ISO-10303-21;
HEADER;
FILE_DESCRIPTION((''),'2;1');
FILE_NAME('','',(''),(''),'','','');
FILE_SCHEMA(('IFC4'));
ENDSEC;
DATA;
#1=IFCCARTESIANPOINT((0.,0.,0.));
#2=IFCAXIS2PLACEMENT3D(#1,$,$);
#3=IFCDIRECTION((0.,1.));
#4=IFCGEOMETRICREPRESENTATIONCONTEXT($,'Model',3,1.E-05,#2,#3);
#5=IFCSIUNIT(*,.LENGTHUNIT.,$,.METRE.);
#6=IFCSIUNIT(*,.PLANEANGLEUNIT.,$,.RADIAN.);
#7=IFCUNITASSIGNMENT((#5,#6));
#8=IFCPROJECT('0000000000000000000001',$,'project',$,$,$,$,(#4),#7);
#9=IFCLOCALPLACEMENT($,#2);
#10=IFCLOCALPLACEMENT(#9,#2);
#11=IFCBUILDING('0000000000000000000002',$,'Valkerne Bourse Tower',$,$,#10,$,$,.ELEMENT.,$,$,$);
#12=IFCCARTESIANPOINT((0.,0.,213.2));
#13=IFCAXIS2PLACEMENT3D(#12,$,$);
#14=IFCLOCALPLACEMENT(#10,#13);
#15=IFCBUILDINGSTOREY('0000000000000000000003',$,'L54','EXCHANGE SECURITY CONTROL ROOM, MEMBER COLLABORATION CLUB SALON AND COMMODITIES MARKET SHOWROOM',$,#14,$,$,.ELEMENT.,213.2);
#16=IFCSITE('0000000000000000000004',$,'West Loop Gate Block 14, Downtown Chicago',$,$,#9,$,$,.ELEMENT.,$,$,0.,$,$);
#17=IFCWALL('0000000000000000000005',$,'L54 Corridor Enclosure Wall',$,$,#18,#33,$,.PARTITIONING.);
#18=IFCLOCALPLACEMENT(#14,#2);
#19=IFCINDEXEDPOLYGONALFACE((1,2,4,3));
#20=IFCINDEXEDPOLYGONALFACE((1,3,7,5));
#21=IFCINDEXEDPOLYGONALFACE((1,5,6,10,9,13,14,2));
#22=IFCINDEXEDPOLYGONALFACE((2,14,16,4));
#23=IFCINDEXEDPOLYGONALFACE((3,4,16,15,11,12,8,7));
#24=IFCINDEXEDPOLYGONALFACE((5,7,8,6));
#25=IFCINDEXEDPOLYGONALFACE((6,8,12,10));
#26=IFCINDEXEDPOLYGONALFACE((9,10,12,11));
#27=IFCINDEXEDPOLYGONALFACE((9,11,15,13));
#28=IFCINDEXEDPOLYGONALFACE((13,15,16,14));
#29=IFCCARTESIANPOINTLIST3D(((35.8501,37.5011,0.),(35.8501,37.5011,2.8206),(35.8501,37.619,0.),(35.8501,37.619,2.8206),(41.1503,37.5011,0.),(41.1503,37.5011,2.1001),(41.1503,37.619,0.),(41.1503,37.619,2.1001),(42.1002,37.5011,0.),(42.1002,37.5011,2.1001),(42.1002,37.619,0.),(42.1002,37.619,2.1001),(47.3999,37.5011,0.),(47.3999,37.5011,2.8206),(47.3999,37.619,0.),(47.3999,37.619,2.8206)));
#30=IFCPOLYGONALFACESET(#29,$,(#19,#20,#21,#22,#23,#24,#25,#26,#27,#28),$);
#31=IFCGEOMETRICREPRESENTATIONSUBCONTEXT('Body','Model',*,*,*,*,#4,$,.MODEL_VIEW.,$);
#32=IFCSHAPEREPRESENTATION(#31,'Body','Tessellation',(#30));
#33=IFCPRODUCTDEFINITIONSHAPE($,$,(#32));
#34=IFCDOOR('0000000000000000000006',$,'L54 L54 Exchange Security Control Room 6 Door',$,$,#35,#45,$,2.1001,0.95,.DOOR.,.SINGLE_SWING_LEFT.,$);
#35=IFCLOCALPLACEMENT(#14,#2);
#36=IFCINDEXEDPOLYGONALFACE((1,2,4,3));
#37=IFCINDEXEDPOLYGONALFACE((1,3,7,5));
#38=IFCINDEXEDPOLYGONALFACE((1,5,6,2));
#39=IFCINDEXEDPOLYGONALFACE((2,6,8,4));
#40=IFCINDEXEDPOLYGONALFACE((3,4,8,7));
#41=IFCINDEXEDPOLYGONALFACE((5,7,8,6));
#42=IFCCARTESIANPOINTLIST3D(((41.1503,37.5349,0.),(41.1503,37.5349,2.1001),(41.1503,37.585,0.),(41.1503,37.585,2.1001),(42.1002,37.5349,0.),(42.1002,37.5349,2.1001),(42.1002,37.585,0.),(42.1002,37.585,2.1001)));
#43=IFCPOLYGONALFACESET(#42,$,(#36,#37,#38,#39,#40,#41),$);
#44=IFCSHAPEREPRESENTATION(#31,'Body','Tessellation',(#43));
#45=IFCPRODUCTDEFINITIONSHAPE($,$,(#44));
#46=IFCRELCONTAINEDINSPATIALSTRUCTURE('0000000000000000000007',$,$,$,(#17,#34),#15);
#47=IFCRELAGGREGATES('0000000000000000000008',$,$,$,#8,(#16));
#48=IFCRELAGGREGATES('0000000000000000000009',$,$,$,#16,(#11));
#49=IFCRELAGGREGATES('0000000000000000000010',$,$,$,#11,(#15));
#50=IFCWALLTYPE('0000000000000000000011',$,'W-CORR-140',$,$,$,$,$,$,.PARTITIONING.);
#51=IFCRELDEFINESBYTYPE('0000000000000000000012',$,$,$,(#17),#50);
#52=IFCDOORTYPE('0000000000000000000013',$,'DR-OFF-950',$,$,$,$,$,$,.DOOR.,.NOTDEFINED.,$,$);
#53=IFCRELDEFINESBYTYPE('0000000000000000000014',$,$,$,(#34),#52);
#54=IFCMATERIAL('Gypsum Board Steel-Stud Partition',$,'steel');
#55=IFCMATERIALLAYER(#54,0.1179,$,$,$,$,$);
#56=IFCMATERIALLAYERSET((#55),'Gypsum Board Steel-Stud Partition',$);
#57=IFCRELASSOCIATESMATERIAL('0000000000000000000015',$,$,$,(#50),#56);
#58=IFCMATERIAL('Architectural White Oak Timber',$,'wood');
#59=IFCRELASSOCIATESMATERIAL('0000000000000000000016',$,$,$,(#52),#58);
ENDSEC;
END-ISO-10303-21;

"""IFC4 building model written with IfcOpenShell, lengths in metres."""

from ifc_helpers import new_model, si_unit, direction, frame, frame_2d, origin, place, context, subcontext, project, spatial, rectangle, extrude, material, layer, layer_set, type_object, element, fill, save


model = new_model("IFC4")

# Units and contexts
model_context = context("Model", 3, precision=1e-05, world=origin(), true_north=direction((0.0, 1.0)))
body_context = subcontext(model_context, "Body", "Model", "MODEL_VIEW")
ifc_project = project(units=[si_unit("LENGTHUNIT", "METRE"), si_unit("PLANEANGLEUNIT", "RADIAN")], contexts=[model_context])

# Site, building, storey
site_placement = place(None, origin())
site = spatial("IfcSite", under=ifc_project, at=site_placement, Name="West Loop Gate Block 14, Downtown Chicago", CompositionType="ELEMENT", RefElevation=0.0)
building_placement = place(site_placement, origin())
building = spatial("IfcBuilding", under=site, at=building_placement, Name="Valkerne Bourse Tower", CompositionType="ELEMENT")
storey_placement = place(building_placement, frame((0.0, 0.0, 213.2)))
storey = spatial("IfcBuildingStorey", under=building, at=storey_placement, Name="L54", Description="EXCHANGE SECURITY CONTROL ROOM, MEMBER COLLABORATION CLUB SALON AND COMMODITIES MARKET SHOWROOM", CompositionType="ELEMENT", Elevation=213.2)

# Wall, opening, door
ifc_material_1 = material(Name="Gypsum Board Steel-Stud Partition", Category="steel")
ifc_layer_1 = layer(ifc_material_1, 0.1179)
ifc_layer_set_1 = layer_set([ifc_layer_1], Name="Gypsum Board Steel-Stud Partition")
wall_type = type_object("IfcWallType", Name="W-CORR-140", PredefinedType="PARTITIONING", material=ifc_layer_set_1)
wall_placement = place(storey_placement, frame((35.8501, 37.5601, 0.0), z_axis=(0.0, 0.0, 1.0), x_axis=(1.0, 0.0, 0.0)))
wall = element("IfcWall", 1, at=wall_placement, inside=storey, type_object=wall_type, Name="L54 Corridor Enclosure Wall", PredefinedType="PARTITIONING", context=body_context, shape_type="SweptSolid", body=[
    extrude(rectangle(XDim=11.5498, YDim=0.1179, at=frame_2d((5.7749, 0.0))), origin(), (0.0, 0.0, 1.0), 2.8206),
])
opening_placement = place(wall_placement, frame((5.3, 0.0, 0.0)))
opening = element("IfcOpeningElement", 2, at=opening_placement, cuts=wall, PredefinedType="OPENING", context=body_context, shape_type="SweptSolid", body=[
    extrude(rectangle(XDim=0.95, YDim=2.1001, at=frame_2d((0.4751, 1.05))), frame((0.0, 0.0688, 0.0), z_axis=(0.0, -1.0, 0.0), x_axis=(1.0, 0.0, 0.0)), (0.0, 0.0, 1.0), 0.1379),
])
ifc_material_2 = material(Name="Architectural White Oak Timber", Category="wood")
door_type = type_object("IfcDoorType", Name="DR-OFF-950", OperationType="NOTDEFINED", PredefinedType="DOOR", material=ifc_material_2)
door_placement = place(opening_placement, origin())
door = element("IfcDoor", 3, at=door_placement, inside=storey, type_object=door_type, Name="L54 L54 Exchange Security Control Room 6 Door", OperationType="SINGLE_SWING_LEFT", OverallHeight=2.1001, OverallWidth=0.95, PredefinedType="DOOR", context=body_context, shape_type="SweptSolid", body=[
    extrude(rectangle(XDim=0.95, YDim=2.1001, at=frame_2d((0.4751, 1.05))), frame((0.0, 0.0249, 0.0), z_axis=(0.0, -1.0, 0.0), x_axis=(1.0, 0.0, 0.0)), (0.0, 0.0, 1.0), 0.05),
])
fill(opening, door)

save(model, "model.ifc")
